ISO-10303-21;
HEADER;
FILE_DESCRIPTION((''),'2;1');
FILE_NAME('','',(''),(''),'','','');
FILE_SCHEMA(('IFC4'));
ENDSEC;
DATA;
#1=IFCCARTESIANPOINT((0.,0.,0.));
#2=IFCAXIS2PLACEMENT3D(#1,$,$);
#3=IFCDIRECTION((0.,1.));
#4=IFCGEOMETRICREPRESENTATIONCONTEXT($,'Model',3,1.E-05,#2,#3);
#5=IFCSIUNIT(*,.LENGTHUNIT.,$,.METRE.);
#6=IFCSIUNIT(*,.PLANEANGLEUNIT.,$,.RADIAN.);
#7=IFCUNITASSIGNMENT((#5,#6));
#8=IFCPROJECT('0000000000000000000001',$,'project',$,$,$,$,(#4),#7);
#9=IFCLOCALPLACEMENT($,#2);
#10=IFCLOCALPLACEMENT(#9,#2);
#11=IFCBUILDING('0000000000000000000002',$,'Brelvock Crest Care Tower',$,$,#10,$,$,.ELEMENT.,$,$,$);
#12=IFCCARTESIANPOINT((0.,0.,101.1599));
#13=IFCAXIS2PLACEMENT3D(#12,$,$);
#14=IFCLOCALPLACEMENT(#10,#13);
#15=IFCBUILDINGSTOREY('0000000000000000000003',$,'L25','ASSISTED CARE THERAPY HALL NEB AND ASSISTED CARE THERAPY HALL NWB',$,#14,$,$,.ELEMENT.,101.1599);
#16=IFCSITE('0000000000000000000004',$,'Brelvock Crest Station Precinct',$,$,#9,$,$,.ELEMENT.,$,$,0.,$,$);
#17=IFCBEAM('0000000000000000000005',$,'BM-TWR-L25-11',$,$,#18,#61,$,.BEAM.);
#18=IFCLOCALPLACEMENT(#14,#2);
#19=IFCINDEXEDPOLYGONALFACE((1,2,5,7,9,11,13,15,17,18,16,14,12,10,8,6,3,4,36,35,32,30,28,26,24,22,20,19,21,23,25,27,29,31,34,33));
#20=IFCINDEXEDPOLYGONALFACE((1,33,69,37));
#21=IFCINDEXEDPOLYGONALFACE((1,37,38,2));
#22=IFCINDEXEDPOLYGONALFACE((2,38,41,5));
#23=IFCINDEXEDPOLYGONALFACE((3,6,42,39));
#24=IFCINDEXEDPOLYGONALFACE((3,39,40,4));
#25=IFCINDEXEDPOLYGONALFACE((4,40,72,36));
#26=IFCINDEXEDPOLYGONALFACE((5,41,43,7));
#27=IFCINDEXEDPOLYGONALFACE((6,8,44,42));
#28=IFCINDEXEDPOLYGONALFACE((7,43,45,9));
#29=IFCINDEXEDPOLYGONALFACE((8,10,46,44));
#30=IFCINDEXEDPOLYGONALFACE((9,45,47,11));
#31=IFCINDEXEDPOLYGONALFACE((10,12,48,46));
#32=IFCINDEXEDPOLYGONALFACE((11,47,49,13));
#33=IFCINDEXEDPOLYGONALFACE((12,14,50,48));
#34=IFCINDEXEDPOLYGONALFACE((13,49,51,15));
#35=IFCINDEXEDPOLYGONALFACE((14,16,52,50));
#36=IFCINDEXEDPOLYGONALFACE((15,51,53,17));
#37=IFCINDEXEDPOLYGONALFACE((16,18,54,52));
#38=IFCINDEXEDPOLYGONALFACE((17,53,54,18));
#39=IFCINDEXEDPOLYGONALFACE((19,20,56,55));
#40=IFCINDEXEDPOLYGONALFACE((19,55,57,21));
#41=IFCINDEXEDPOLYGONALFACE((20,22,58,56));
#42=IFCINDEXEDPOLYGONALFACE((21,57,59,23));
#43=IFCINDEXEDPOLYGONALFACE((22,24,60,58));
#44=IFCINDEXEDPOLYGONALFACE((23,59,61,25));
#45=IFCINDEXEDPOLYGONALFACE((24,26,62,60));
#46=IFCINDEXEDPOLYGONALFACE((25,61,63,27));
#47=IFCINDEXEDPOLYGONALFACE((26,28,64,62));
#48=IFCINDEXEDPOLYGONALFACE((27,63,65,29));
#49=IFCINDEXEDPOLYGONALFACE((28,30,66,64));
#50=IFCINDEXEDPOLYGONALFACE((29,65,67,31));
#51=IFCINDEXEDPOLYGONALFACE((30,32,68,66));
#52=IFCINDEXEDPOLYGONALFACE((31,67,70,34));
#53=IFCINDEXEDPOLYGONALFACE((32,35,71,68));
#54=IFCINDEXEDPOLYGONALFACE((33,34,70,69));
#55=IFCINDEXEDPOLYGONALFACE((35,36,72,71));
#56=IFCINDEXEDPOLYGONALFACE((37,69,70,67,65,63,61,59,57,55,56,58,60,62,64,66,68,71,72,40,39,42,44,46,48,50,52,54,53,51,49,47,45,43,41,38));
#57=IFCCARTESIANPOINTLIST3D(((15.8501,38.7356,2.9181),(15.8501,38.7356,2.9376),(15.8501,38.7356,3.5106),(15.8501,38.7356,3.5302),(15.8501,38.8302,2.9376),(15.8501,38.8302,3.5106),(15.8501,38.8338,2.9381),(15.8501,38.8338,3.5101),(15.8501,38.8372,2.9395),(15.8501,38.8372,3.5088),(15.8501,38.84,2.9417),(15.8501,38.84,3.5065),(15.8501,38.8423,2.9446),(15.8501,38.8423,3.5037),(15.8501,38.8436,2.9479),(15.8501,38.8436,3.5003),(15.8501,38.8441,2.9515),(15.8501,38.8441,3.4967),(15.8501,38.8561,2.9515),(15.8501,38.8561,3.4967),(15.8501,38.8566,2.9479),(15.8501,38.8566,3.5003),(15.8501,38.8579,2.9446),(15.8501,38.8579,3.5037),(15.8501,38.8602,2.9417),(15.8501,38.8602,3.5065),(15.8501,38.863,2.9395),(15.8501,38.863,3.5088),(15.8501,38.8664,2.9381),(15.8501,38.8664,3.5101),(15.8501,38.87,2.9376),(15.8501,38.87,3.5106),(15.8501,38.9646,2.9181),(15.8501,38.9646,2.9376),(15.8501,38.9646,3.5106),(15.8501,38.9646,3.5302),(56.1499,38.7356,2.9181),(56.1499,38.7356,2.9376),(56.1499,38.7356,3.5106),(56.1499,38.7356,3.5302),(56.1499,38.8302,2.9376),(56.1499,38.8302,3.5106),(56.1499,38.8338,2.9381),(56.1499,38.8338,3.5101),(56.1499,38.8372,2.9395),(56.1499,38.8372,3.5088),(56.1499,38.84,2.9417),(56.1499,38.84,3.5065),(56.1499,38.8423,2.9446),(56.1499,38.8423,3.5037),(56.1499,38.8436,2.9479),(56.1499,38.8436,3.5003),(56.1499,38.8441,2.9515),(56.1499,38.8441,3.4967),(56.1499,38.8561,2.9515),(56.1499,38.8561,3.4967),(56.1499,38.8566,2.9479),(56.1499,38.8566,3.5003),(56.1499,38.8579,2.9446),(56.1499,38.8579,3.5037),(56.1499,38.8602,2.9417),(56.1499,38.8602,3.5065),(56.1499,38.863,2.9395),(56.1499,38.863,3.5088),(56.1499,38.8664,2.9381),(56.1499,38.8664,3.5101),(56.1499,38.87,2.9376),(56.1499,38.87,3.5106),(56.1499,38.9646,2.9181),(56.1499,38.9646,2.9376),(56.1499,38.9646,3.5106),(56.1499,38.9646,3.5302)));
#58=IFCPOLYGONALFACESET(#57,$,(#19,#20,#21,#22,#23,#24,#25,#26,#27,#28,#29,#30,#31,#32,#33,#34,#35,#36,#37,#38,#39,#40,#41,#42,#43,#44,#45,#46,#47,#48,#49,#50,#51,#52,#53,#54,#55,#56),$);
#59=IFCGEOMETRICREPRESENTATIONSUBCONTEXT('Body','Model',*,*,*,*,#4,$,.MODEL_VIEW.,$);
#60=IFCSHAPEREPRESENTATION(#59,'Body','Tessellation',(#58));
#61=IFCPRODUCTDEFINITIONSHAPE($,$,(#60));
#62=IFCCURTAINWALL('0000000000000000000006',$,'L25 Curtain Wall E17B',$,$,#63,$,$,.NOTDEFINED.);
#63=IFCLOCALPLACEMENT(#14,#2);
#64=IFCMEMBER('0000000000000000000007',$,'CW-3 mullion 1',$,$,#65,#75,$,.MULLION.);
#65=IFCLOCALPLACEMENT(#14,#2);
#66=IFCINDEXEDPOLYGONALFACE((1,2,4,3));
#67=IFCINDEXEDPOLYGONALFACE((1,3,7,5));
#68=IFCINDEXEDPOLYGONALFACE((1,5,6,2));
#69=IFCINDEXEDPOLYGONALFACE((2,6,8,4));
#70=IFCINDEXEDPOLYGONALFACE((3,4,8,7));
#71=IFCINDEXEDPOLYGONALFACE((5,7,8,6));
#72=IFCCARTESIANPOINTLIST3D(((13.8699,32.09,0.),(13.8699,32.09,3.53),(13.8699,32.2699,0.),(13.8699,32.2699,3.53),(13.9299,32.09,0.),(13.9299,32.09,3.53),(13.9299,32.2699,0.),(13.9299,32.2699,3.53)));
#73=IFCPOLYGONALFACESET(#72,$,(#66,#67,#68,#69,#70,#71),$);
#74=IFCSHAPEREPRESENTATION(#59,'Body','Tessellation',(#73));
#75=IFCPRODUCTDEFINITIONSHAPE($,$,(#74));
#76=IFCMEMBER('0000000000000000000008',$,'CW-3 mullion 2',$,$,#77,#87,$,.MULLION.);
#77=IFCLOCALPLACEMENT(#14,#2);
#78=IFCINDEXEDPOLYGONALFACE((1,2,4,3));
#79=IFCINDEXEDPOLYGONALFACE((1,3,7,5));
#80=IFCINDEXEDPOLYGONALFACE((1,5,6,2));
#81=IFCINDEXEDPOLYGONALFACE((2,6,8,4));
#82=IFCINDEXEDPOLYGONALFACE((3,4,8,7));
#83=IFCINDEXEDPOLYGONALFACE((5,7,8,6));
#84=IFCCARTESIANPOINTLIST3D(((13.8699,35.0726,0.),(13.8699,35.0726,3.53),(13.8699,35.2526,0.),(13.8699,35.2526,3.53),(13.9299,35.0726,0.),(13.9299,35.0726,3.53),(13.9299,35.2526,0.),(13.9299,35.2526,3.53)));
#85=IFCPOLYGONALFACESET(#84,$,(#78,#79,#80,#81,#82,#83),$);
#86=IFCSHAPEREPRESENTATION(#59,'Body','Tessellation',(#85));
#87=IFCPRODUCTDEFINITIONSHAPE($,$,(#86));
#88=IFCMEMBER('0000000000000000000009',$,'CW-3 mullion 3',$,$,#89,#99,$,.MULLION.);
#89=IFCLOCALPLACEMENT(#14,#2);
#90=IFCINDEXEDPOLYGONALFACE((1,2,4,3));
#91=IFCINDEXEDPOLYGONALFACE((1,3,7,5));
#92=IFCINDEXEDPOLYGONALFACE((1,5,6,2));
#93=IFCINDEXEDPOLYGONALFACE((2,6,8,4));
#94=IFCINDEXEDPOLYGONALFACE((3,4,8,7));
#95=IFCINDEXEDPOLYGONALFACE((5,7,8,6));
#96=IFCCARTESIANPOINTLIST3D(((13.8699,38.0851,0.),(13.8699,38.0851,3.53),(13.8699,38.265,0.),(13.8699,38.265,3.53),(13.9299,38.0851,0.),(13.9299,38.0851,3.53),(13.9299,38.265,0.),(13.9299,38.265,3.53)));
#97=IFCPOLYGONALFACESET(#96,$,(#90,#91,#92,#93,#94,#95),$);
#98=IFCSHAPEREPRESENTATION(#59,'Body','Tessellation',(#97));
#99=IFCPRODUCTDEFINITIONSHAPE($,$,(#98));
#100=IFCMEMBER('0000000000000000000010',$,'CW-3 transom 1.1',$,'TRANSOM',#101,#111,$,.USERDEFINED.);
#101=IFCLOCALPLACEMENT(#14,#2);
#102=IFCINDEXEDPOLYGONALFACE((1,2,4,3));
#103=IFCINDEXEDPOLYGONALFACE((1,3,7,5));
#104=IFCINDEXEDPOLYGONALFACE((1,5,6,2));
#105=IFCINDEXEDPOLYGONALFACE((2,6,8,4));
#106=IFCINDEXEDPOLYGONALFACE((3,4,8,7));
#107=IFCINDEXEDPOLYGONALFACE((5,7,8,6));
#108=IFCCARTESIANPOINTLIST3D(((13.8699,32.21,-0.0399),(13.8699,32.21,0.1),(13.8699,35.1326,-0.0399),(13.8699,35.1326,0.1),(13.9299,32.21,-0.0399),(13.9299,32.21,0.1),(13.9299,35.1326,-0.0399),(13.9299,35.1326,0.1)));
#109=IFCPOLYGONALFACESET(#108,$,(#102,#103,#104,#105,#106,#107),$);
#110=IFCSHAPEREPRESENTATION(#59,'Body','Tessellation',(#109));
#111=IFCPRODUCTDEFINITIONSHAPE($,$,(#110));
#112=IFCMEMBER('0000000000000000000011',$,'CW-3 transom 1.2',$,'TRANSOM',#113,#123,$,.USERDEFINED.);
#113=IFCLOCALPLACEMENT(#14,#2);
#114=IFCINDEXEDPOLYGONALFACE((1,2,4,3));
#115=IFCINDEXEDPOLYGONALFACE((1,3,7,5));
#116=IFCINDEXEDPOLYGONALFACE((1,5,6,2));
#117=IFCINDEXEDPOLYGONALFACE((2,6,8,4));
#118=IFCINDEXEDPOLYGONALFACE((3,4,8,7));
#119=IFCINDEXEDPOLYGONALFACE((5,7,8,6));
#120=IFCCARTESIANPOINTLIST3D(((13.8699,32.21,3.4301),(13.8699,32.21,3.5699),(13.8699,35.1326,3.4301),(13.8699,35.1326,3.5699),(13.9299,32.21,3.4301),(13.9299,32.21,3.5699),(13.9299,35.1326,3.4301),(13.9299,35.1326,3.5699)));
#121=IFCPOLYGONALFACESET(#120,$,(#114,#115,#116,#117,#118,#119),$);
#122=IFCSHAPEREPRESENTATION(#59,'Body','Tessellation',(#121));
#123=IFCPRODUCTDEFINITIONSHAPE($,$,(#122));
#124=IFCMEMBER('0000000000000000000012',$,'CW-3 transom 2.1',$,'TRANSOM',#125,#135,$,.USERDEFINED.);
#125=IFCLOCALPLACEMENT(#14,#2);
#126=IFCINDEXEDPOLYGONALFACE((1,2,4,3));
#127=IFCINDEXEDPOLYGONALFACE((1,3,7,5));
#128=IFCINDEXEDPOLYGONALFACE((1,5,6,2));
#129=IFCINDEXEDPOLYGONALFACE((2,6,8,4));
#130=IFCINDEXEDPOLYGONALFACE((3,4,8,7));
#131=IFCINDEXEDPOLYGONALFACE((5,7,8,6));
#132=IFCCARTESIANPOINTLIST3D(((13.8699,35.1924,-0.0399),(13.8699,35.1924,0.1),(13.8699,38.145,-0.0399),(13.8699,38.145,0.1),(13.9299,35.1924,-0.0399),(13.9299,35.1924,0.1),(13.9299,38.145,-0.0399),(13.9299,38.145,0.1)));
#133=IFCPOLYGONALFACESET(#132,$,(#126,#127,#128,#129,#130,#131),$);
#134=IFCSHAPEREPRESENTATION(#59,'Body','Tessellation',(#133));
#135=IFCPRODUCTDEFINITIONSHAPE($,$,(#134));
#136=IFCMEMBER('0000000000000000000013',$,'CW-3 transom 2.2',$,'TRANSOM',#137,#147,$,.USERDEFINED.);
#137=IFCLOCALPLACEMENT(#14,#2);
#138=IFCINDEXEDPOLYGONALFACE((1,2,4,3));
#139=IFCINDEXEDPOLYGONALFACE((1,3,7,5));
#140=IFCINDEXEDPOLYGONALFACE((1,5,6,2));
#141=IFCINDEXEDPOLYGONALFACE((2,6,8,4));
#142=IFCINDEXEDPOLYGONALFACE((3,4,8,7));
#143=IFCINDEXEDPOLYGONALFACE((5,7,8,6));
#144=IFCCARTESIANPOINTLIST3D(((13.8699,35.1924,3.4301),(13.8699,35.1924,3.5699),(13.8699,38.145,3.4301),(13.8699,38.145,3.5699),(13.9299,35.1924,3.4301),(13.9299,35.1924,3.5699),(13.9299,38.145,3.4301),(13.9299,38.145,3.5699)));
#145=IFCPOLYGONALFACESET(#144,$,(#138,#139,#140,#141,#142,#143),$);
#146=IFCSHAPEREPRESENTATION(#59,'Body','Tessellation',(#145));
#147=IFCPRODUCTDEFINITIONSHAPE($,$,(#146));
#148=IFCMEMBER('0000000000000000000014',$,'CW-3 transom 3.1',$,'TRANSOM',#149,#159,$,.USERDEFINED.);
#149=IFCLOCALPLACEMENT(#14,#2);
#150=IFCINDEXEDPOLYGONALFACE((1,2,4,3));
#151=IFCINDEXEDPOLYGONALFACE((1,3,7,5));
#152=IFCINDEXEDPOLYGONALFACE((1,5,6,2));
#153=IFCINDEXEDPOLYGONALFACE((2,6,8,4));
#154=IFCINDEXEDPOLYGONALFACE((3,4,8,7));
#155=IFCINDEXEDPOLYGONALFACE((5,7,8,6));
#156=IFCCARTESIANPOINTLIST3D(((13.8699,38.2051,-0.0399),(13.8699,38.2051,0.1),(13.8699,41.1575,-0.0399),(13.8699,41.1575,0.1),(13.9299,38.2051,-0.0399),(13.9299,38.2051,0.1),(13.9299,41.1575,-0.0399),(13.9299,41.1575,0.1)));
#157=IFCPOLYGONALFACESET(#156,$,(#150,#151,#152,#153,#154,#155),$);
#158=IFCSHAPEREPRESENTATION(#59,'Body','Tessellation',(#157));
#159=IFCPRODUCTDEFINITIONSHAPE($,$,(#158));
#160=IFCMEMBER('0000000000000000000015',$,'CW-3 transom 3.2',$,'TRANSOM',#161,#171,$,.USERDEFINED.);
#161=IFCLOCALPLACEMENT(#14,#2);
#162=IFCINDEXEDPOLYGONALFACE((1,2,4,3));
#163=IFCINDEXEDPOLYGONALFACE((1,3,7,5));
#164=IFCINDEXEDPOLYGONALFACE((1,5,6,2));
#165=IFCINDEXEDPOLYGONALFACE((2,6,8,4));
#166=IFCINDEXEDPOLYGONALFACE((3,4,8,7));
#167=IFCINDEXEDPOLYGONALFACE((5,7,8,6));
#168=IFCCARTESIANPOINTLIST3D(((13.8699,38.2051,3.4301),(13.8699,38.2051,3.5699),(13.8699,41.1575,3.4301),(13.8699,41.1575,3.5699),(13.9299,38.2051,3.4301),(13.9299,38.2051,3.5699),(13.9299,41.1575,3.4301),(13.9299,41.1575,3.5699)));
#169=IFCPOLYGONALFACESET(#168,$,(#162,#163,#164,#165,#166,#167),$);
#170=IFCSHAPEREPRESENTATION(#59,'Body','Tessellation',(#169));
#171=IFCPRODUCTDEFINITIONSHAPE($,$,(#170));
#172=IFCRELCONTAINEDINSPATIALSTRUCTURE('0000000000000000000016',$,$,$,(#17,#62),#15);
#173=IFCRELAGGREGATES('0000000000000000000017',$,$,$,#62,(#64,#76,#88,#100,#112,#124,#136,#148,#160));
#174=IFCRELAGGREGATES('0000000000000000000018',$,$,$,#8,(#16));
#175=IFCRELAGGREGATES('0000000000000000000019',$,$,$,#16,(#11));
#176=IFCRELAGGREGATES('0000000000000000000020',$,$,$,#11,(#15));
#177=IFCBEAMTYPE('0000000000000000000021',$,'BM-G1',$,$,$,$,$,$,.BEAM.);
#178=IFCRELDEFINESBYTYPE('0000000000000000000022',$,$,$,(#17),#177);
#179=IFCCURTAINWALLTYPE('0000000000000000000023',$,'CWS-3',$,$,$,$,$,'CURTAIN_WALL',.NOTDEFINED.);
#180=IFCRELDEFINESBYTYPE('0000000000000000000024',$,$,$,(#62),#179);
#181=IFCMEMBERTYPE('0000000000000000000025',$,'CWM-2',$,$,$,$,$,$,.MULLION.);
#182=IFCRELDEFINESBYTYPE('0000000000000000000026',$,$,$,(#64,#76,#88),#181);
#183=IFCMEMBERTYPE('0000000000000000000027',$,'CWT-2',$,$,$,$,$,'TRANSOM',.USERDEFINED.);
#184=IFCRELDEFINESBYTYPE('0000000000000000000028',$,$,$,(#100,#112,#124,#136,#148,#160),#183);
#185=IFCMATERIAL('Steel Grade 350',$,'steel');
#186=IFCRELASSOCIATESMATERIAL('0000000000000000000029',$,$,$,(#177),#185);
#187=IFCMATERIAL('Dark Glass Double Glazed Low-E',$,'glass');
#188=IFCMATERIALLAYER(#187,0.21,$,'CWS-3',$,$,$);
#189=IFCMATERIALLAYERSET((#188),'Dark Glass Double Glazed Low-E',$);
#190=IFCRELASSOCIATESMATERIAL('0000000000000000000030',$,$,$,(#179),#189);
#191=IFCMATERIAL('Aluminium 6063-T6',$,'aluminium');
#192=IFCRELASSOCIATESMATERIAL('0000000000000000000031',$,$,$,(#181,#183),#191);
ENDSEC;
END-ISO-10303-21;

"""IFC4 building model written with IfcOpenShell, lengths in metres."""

from ifc_helpers import new_model, si_unit, direction, frame, origin, origin_2d, place, context, subcontext, project, spatial, rectangle, i_section, extrude, source, transform, mapped, material, layer, layer_set, material_profile, profile_set, type_object, element, aggregate, save


model = new_model("IFC4")

# Units and contexts
model_context = context("Model", 3, precision=1e-05, world=origin(), true_north=direction((0.0, 1.0)))
body_context = subcontext(model_context, "Body", "Model", "MODEL_VIEW")
ifc_project = project(units=[si_unit("LENGTHUNIT", "METRE"), si_unit("PLANEANGLEUNIT", "RADIAN")], contexts=[model_context])

# Site, building, storey
site_placement = place(None, origin())
site = spatial("IfcSite", under=ifc_project, at=site_placement, Name="Brelvock Crest Station Precinct", CompositionType="ELEMENT", RefElevation=0.0)
building_placement = place(site_placement, origin())
building = spatial("IfcBuilding", under=site, at=building_placement, Name="Brelvock Crest Care Tower", CompositionType="ELEMENT")
storey_placement = place(building_placement, frame((0.0, 0.0, 101.1599)))
storey = spatial("IfcBuildingStorey", under=building, at=storey_placement, Name="L25", Description="ASSISTED CARE THERAPY HALL NEB AND ASSISTED CARE THERAPY HALL NWB", CompositionType="ELEMENT", Elevation=101.1599)

# Shared definitions
ifc_material_1 = material(Name="Steel Grade 350", Category="steel")

# Beam
ifc_material_profile_1 = material_profile(ifc_material_1, i_section(OverallWidth=0.229, OverallDepth=0.6121, WebThickness=0.012, FlangeThickness=0.0195, FilletRadius=0.0139, at=origin_2d()), Name="610UB125")
ifc_profile_set_1 = profile_set([ifc_material_profile_1], Name="Steel Grade 350")
beam_type_1 = type_object("IfcBeamType", Name="BM-G1", PredefinedType="BEAM", material=ifc_profile_set_1)
shared_shape_1 = source(origin(), body_context, "Body", "SweptSolid", [
    extrude(i_section(OverallWidth=0.229, OverallDepth=0.6121, WebThickness=0.012, FlangeThickness=0.0195, FilletRadius=0.0139, at=origin_2d()), origin(), (0.0, 0.0, 1.0), 40.2998),
])
beam_1_placement = place(storey_placement, frame((15.8501, 38.8501, 3.2241), z_axis=(1.0, 0.0, 0.0), x_axis=(0.0, 1.0, 0.0)))
element("IfcBeam", 1, at=beam_1_placement, inside=storey, type_object=beam_type_1, Name="BM-TWR-L25-11", PredefinedType="BEAM", context=body_context, shape_type="MappedRepresentation", body=[
    mapped(shared_shape_1, transform((0.0, 0.0, 0.0), x_axis=(1.0, 0.0, 0.0), y_axis=(0.0, 1.0, 0.0), z_axis=(0.0, 0.0, 1.0), scale=1.0)),
])

# Curtain wall, members
ifc_material_2 = material(Name="Dark Glass Double Glazed Low-E", Category="glass")
ifc_layer_1 = layer(ifc_material_2, 0.21, Name="CWS-3")
ifc_layer_set_1 = layer_set([ifc_layer_1], Name="Dark Glass Double Glazed Low-E")
curtain_wall_type = type_object("IfcCurtainWallType", Name="CWS-3", ElementType="CURTAIN_WALL", PredefinedType="NOTDEFINED", material=ifc_layer_set_1)
curtain_wall_placement = place(storey_placement, origin())
curtain_wall = element("IfcCurtainWall", 2, at=curtain_wall_placement, inside=storey, type_object=curtain_wall_type, Name="L25 Curtain Wall E17B", PredefinedType="NOTDEFINED")
ifc_material_3 = material(Name="Aluminium 6063-T6", Category="aluminium")
ifc_material_profile_2 = material_profile(ifc_material_3, rectangle(XDim=0.0601, YDim=0.1799, at=origin_2d()), Name="ALU60x180")
ifc_profile_set_2 = profile_set([ifc_material_profile_2], Name="Aluminium 6063-T6")
member_type_1 = type_object("IfcMemberType", Name="CWM-2", PredefinedType="MULLION", material=ifc_profile_set_2)
shared_shape_2 = source(origin(), body_context, "Body", "SweptSolid", [
    extrude(rectangle(XDim=0.0601, YDim=0.1799, at=origin_2d()), origin(), (0.0, 0.0, 1.0), 3.53),
])
member_1_placement = place(storey_placement, frame((13.8999, 32.1799, 0.0), z_axis=(0.0, 0.0, 1.0), x_axis=(-1.0, 0.0, 0.0)))
member_1 = element("IfcMember", 3, at=member_1_placement, type_object=member_type_1, Name="CW-3 mullion 1", PredefinedType="MULLION", context=body_context, shape_type="MappedRepresentation", body=[
    mapped(shared_shape_2, transform((0.0, 0.0, 0.0), x_axis=(1.0, 0.0, 0.0), y_axis=(0.0, 1.0, 0.0), z_axis=(0.0, 0.0, 1.0), scale=1.0)),
])
member_2_placement = place(storey_placement, frame((13.8999, 35.1626, 0.0), z_axis=(0.0, 0.0, 1.0), x_axis=(-1.0, 0.0, 0.0)))
member_2 = element("IfcMember", 4, at=member_2_placement, type_object=member_type_1, Name="CW-3 mullion 2", PredefinedType="MULLION", context=body_context, shape_type="MappedRepresentation", body=[
    mapped(shared_shape_2, transform((0.0, 0.0, 0.0), x_axis=(1.0, 0.0, 0.0), y_axis=(0.0, 1.0, 0.0), z_axis=(0.0, 0.0, 1.0), scale=1.0)),
])
member_3_placement = place(storey_placement, frame((13.8999, 38.175, 0.0), z_axis=(0.0, 0.0, 1.0), x_axis=(-1.0, 0.0, 0.0)))
member_3 = element("IfcMember", 5, at=member_3_placement, type_object=member_type_1, Name="CW-3 mullion 3", PredefinedType="MULLION", context=body_context, shape_type="MappedRepresentation", body=[
    mapped(shared_shape_2, transform((0.0, 0.0, 0.0), x_axis=(1.0, 0.0, 0.0), y_axis=(0.0, 1.0, 0.0), z_axis=(0.0, 0.0, 1.0), scale=1.0)),
])
ifc_material_profile_3 = material_profile(ifc_material_3, rectangle(XDim=0.0601, YDim=0.1399, at=origin_2d()), Name="ALU60x140")
ifc_profile_set_3 = profile_set([ifc_material_profile_3], Name="Aluminium 6063-T6")
member_type_2 = type_object("IfcMemberType", Name="CWT-2", ElementType="TRANSOM", PredefinedType="USERDEFINED", material=ifc_profile_set_3)
shared_shape_3 = source(origin(), body_context, "Body", "SweptSolid", [
    extrude(rectangle(XDim=0.0601, YDim=0.1399, at=origin_2d()), origin(), (0.0, 0.0, 1.0), 2.9226),
])
member_4_placement = place(storey_placement, frame((13.8999, 32.21, 0.03), z_axis=(0.0, 1.0, 0.0), x_axis=(-1.0, 0.0, 0.0)))
member_4 = element("IfcMember", 6, at=member_4_placement, type_object=member_type_2, Name="CW-3 transom 1.1", ObjectType="TRANSOM", PredefinedType="USERDEFINED", context=body_context, shape_type="MappedRepresentation", body=[
    mapped(shared_shape_3, transform((0.0, 0.0, 0.0), x_axis=(1.0, 0.0, 0.0), y_axis=(0.0, 1.0, 0.0), z_axis=(0.0, 0.0, 1.0), scale=1.0)),
])
member_5_placement = place(storey_placement, frame((13.8999, 32.21, 3.5), z_axis=(0.0, 1.0, 0.0), x_axis=(-1.0, 0.0, 0.0)))
member_5 = element("IfcMember", 7, at=member_5_placement, type_object=member_type_2, Name="CW-3 transom 1.2", ObjectType="TRANSOM", PredefinedType="USERDEFINED", context=body_context, shape_type="MappedRepresentation", body=[
    mapped(shared_shape_3, transform((0.0, 0.0, 0.0), x_axis=(1.0, 0.0, 0.0), y_axis=(0.0, 1.0, 0.0), z_axis=(0.0, 0.0, 1.0), scale=1.0)),
])
shared_shape_4 = source(origin(), body_context, "Body", "SweptSolid", [
    extrude(rectangle(XDim=0.0601, YDim=0.1399, at=origin_2d()), origin(), (0.0, 0.0, 1.0), 2.9526),
])
member_6_placement = place(storey_placement, frame((13.8999, 35.1924, 0.03), z_axis=(0.0, 1.0, 0.0), x_axis=(-1.0, 0.0, 0.0)))
member_6 = element("IfcMember", 8, at=member_6_placement, type_object=member_type_2, Name="CW-3 transom 2.1", ObjectType="TRANSOM", PredefinedType="USERDEFINED", context=body_context, shape_type="MappedRepresentation", body=[
    mapped(shared_shape_4, transform((0.0, 0.0, 0.0), x_axis=(1.0, 0.0, 0.0), y_axis=(0.0, 1.0, 0.0), z_axis=(0.0, 0.0, 1.0), scale=1.0)),
])
member_7_placement = place(storey_placement, frame((13.8999, 35.1924, 3.5), z_axis=(0.0, 1.0, 0.0), x_axis=(-1.0, 0.0, 0.0)))
member_7 = element("IfcMember", 9, at=member_7_placement, type_object=member_type_2, Name="CW-3 transom 2.2", ObjectType="TRANSOM", PredefinedType="USERDEFINED", context=body_context, shape_type="MappedRepresentation", body=[
    mapped(shared_shape_4, transform((0.0, 0.0, 0.0), x_axis=(1.0, 0.0, 0.0), y_axis=(0.0, 1.0, 0.0), z_axis=(0.0, 0.0, 1.0), scale=1.0)),
])
shared_shape_5 = source(origin(), body_context, "Body", "SweptSolid", [
    extrude(rectangle(XDim=0.0601, YDim=0.1399, at=origin_2d()), origin(), (0.0, 0.0, 1.0), 2.9524),
])
member_8_placement = place(storey_placement, frame((13.8999, 38.2051, 0.03), z_axis=(0.0, 1.0, 0.0), x_axis=(-1.0, 0.0, 0.0)))
member_8 = element("IfcMember", 10, at=member_8_placement, type_object=member_type_2, Name="CW-3 transom 3.1", ObjectType="TRANSOM", PredefinedType="USERDEFINED", context=body_context, shape_type="MappedRepresentation", body=[
    mapped(shared_shape_5, transform((0.0, 0.0, 0.0), x_axis=(1.0, 0.0, 0.0), y_axis=(0.0, 1.0, 0.0), z_axis=(0.0, 0.0, 1.0), scale=1.0)),
])
member_9_placement = place(storey_placement, frame((13.8999, 38.2051, 3.5), z_axis=(0.0, 1.0, 0.0), x_axis=(-1.0, 0.0, 0.0)))
member_9 = element("IfcMember", 11, at=member_9_placement, type_object=member_type_2, Name="CW-3 transom 3.2", ObjectType="TRANSOM", PredefinedType="USERDEFINED", context=body_context, shape_type="MappedRepresentation", body=[
    mapped(shared_shape_5, transform((0.0, 0.0, 0.0), x_axis=(1.0, 0.0, 0.0), y_axis=(0.0, 1.0, 0.0), z_axis=(0.0, 0.0, 1.0), scale=1.0)),
])
aggregate(curtain_wall, [member_1, member_2, member_3, member_4, member_5, member_6, member_7, member_8, member_9])

save(model, "model.ifc")
